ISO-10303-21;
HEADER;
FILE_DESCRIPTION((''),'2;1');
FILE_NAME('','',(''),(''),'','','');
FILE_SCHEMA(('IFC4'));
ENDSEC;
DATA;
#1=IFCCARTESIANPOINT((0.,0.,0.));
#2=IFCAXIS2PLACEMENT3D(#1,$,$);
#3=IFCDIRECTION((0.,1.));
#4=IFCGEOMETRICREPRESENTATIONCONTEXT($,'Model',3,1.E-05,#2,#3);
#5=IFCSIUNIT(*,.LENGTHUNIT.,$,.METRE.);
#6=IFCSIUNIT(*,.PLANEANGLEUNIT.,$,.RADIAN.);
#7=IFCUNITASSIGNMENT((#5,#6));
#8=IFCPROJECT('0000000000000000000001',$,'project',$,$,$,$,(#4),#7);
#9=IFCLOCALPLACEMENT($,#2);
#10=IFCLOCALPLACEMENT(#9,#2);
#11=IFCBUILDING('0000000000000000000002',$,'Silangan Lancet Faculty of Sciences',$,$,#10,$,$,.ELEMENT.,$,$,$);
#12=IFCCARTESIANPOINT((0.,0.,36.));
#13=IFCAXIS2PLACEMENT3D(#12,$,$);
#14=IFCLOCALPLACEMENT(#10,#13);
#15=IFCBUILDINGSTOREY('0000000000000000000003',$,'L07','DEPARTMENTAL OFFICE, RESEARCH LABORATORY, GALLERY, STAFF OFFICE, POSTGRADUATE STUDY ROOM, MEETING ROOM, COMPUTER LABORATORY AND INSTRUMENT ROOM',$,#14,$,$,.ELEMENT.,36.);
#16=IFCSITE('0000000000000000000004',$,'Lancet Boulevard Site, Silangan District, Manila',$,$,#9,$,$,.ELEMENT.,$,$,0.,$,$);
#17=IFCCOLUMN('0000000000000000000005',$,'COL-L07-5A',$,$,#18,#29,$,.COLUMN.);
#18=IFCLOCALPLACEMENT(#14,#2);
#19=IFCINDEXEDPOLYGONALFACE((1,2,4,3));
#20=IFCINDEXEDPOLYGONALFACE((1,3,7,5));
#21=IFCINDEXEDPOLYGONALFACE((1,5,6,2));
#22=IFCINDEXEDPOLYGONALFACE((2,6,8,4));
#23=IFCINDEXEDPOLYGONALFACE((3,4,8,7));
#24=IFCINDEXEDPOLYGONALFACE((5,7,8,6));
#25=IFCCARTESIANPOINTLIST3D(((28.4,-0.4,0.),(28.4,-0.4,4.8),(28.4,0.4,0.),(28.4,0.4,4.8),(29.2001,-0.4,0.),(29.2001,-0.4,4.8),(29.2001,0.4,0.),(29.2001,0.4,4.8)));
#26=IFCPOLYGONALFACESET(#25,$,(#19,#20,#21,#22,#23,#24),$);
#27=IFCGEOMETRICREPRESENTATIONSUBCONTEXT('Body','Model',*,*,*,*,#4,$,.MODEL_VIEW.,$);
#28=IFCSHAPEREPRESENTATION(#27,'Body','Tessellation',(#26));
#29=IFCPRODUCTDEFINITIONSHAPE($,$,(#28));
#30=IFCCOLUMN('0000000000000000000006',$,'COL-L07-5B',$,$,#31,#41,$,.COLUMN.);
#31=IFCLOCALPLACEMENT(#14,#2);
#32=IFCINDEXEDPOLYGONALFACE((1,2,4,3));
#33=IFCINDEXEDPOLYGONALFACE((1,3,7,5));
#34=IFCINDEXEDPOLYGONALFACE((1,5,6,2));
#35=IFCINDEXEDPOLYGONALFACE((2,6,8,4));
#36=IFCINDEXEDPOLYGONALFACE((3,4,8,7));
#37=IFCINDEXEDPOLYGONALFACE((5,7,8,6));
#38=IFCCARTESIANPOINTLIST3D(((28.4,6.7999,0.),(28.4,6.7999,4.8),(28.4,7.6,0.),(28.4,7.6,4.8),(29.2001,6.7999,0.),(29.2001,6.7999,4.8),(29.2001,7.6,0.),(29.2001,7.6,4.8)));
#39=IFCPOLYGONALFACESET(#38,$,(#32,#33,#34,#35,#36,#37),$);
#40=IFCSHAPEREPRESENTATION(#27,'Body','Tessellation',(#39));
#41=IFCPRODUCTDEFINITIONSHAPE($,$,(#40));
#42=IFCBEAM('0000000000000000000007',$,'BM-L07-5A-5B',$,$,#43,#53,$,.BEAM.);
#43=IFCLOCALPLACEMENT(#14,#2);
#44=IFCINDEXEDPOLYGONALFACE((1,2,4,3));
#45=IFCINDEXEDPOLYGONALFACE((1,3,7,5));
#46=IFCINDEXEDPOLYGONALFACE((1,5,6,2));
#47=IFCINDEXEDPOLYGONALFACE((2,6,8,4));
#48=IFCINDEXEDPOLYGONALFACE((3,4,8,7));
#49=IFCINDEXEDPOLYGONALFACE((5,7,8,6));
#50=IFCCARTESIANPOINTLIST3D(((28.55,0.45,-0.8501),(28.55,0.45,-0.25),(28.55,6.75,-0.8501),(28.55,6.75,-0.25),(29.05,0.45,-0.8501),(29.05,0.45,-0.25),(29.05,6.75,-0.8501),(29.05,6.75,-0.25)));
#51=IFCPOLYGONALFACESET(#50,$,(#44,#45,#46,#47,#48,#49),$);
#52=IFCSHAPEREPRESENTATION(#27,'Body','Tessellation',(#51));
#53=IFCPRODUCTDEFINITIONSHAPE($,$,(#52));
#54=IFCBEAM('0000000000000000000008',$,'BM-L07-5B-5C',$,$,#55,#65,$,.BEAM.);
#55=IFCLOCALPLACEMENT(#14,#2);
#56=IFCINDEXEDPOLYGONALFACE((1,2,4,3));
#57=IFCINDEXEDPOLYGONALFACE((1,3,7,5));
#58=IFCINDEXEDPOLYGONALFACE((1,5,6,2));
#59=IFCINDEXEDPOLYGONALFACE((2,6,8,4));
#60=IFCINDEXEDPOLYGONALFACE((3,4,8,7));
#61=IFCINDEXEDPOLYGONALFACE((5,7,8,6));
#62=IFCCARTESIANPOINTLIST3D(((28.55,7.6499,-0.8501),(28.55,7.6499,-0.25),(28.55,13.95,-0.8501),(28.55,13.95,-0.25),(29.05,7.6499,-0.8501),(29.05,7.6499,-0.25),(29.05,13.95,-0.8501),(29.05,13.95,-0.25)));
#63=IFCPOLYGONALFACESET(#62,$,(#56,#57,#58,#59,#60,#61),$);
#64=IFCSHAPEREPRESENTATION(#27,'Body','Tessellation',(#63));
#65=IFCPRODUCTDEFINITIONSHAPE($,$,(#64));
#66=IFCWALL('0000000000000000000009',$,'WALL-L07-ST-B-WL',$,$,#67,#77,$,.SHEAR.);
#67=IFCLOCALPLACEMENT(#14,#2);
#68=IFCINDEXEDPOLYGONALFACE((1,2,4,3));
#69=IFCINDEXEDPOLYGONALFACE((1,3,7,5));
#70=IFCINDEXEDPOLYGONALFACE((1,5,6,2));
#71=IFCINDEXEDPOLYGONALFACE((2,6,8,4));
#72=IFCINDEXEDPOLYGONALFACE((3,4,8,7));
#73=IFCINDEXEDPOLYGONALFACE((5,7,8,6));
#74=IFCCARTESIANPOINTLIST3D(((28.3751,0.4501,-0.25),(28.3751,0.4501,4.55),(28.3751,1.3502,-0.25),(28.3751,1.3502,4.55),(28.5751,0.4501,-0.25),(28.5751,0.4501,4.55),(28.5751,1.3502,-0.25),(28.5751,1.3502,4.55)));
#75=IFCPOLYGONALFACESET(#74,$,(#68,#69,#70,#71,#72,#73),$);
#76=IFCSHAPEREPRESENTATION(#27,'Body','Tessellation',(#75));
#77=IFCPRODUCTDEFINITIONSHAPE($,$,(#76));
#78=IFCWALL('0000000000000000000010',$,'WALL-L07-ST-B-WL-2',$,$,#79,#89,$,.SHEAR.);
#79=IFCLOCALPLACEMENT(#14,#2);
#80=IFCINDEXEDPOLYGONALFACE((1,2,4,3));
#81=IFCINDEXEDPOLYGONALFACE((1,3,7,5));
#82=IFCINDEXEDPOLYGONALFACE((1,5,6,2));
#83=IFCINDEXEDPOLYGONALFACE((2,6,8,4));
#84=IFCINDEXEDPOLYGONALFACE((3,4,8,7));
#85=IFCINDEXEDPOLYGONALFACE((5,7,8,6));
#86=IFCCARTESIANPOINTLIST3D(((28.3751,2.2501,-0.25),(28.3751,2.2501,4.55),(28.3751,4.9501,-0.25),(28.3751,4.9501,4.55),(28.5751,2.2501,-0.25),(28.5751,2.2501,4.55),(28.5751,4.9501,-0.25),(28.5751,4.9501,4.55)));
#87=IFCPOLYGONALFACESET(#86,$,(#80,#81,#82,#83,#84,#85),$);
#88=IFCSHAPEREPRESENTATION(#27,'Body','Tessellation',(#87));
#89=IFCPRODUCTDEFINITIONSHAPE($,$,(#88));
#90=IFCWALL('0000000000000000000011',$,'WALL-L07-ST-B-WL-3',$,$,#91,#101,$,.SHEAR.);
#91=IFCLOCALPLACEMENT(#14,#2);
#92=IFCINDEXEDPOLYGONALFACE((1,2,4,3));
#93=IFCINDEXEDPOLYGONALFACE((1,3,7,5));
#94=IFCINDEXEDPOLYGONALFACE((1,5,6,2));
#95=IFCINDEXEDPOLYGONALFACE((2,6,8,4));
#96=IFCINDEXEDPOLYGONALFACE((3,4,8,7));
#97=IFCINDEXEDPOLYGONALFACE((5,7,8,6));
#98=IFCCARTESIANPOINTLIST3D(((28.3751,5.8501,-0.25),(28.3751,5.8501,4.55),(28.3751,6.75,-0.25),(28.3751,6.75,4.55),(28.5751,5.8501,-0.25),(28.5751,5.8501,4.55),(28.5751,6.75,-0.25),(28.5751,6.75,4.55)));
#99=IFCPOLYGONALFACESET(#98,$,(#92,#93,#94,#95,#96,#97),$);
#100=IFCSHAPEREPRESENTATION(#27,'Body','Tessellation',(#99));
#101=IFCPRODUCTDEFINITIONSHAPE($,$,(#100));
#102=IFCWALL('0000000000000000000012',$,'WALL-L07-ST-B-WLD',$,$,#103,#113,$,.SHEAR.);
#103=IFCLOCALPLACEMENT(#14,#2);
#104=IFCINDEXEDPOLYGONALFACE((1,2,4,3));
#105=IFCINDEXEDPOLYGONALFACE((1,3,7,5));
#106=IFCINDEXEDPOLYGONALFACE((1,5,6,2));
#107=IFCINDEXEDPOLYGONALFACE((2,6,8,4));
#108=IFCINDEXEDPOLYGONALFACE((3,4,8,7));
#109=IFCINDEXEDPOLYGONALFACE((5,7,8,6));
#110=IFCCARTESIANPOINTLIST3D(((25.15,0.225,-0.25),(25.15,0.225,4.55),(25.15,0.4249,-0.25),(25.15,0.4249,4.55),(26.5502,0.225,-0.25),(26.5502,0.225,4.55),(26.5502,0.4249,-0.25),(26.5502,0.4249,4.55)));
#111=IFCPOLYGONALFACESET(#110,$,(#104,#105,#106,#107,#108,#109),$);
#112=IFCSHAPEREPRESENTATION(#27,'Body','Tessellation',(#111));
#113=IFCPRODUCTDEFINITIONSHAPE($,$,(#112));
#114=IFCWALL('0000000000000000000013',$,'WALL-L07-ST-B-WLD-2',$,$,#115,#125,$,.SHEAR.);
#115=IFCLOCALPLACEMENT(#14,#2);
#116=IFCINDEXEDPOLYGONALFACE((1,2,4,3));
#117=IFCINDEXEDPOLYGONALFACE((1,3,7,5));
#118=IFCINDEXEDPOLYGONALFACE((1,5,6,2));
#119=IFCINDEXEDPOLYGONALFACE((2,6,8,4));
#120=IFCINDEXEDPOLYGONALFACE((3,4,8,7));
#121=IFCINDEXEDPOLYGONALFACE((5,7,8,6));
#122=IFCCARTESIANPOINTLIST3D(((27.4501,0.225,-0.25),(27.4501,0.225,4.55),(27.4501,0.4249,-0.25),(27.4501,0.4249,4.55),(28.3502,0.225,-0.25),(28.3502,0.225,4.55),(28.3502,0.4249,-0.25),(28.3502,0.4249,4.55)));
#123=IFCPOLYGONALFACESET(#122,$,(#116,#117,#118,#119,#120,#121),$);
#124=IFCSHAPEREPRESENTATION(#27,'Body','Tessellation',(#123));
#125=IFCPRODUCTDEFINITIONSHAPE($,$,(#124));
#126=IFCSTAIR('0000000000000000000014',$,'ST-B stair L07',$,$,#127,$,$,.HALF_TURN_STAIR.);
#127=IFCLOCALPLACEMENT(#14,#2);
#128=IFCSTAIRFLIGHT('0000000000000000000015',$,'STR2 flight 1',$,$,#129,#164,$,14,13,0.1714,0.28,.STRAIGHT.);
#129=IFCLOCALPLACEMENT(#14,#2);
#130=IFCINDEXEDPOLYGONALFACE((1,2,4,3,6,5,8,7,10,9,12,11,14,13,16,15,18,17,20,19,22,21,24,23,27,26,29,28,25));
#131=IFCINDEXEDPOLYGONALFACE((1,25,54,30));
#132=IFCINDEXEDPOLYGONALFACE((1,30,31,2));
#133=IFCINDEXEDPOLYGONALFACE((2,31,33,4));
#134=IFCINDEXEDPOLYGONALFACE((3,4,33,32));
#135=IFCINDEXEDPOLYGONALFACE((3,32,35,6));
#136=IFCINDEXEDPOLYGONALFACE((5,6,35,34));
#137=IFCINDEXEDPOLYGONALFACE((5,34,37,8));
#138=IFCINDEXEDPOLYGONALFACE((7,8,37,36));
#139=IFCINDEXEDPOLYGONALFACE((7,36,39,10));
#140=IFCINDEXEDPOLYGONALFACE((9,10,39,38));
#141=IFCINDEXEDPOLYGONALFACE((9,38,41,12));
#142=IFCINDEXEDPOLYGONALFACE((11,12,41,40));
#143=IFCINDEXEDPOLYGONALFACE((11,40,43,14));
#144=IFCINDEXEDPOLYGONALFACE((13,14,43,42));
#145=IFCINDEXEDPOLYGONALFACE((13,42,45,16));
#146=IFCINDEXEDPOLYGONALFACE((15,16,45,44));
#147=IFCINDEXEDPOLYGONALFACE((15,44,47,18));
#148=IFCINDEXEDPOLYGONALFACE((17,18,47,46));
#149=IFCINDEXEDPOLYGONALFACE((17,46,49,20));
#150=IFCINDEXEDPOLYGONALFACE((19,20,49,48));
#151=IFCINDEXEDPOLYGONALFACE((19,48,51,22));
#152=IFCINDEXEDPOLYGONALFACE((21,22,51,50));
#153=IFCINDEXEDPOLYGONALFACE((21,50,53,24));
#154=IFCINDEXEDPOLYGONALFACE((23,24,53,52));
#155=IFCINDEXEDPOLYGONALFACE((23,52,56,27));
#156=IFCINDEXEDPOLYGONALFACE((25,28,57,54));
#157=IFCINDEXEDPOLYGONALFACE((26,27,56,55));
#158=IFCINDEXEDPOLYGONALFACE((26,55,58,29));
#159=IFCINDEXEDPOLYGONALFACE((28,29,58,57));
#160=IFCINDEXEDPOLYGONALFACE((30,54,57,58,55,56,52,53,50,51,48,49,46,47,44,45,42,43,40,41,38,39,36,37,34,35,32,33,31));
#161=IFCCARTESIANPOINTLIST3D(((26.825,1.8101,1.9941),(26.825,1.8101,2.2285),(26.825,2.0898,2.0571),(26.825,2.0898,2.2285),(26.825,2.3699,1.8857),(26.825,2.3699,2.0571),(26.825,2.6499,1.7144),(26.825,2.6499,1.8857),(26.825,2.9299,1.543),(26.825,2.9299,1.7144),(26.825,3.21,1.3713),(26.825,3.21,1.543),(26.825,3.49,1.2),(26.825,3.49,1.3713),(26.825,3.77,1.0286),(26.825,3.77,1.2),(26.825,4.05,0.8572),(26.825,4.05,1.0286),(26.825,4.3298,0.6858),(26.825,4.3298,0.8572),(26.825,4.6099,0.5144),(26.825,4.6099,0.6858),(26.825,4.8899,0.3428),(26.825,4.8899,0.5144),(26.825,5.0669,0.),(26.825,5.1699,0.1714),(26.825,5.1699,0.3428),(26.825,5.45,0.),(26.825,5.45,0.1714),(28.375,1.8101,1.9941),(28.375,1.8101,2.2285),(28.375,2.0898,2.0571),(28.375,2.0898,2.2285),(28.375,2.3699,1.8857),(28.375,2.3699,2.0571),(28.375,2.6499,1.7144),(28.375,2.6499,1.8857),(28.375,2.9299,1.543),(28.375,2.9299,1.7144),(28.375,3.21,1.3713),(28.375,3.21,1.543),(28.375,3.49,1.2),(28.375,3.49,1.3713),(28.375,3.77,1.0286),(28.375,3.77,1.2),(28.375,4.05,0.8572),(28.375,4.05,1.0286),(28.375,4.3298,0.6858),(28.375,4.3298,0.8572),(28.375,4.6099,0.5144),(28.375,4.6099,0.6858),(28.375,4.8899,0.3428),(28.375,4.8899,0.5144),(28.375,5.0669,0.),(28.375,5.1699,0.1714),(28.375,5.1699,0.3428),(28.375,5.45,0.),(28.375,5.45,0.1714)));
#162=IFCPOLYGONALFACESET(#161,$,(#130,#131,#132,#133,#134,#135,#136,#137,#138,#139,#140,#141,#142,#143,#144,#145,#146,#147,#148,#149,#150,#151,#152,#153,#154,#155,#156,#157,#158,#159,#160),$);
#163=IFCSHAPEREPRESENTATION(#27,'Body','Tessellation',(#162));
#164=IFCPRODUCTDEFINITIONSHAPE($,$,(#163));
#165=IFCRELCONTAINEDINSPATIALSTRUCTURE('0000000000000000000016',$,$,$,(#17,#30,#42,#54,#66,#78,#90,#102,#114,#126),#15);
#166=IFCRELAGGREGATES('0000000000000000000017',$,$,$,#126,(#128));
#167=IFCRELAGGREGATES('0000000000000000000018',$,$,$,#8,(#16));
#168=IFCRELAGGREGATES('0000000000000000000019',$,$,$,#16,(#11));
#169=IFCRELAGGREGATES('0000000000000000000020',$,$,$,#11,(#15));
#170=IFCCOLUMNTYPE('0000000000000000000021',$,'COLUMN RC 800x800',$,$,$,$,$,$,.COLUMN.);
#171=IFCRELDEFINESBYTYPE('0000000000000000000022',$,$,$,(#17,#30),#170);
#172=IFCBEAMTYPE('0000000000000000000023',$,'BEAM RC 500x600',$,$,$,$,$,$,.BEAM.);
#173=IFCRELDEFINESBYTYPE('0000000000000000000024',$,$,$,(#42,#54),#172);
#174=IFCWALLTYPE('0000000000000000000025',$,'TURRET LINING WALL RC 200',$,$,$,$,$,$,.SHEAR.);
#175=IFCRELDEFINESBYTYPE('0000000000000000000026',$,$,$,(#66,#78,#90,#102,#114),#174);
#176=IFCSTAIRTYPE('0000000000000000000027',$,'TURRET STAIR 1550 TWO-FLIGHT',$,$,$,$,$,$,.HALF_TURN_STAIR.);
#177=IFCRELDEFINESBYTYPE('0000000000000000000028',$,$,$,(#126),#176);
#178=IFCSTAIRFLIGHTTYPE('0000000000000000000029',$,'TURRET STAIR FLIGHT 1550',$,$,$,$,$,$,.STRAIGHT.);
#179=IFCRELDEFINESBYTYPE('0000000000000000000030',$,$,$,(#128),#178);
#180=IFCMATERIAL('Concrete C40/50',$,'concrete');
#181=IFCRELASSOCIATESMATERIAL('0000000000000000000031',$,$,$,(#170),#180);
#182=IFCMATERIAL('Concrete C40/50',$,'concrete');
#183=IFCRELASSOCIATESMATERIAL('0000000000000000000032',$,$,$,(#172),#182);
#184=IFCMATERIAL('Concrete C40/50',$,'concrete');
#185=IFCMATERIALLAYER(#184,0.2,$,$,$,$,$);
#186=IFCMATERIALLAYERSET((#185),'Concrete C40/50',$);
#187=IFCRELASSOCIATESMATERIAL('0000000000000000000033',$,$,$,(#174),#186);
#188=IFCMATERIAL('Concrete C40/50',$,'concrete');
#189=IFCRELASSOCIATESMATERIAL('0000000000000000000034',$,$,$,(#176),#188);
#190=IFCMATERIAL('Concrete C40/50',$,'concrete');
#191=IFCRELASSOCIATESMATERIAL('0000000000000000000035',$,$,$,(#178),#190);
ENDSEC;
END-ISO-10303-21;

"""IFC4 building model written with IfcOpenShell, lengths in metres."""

from ifc_helpers import new_model, si_unit, direction, frame, frame_2d, origin, origin_2d, place, context, subcontext, project, spatial, polyline, rectangle, outline, extrude, material, layer, layer_set, material_profile, profile_set, type_object, element, aggregate, save


model = new_model("IFC4")

# Units and contexts
model_context = context("Model", 3, precision=1e-05, world=origin(), true_north=direction((0.0, 1.0)))
body_context = subcontext(model_context, "Body", "Model", "MODEL_VIEW")
ifc_project = project(units=[si_unit("LENGTHUNIT", "METRE"), si_unit("PLANEANGLEUNIT", "RADIAN")], contexts=[model_context])

# Site, building, storey
site_placement = place(None, origin())
site = spatial("IfcSite", under=ifc_project, at=site_placement, Name="Lancet Boulevard Site, Silangan District, Manila", CompositionType="ELEMENT", RefElevation=0.0)
building_placement = place(site_placement, origin())
building = spatial("IfcBuilding", under=site, at=building_placement, Name="Silangan Lancet Faculty of Sciences", CompositionType="ELEMENT")
storey_placement = place(building_placement, frame((0.0, 0.0, 36.0)))
storey = spatial("IfcBuildingStorey", under=building, at=storey_placement, Name="L07", Description="DEPARTMENTAL OFFICE, RESEARCH LABORATORY, GALLERY, STAFF OFFICE, POSTGRADUATE STUDY ROOM, MEETING ROOM, COMPUTER LABORATORY AND INSTRUMENT ROOM", CompositionType="ELEMENT", Elevation=36.0)

# Columns
ifc_material_1 = material(Name="Concrete C40/50", Category="concrete")
ifc_material_profile_1 = material_profile(ifc_material_1, rectangle(XDim=0.8, YDim=0.8, at=origin_2d()), Name="RC 800x800")
ifc_profile_set_1 = profile_set([ifc_material_profile_1], Name="Concrete C40/50")
column_type = type_object("IfcColumnType", Name="COLUMN RC 800x800", PredefinedType="COLUMN", material=ifc_profile_set_1)
for number, where, z_axis, x_axis, name in (
    (1, (28.8, 0.0, 0.0), (0.0, 0.0, 1.0), (1.0, 0.0, 0.0), "COL-L07-5A"),
    (2, (28.8, 7.2, 0.0), (0.0, 0.0, 1.0), (1.0, 0.0, 0.0), "COL-L07-5B"),
):
    element("IfcColumn", number, at=place(storey_placement, frame(where, z_axis=z_axis, x_axis=x_axis)), inside=storey, type_object=column_type, Name=name, PredefinedType="COLUMN", context=body_context, shape_type="SweptSolid", body=[
        extrude(rectangle(XDim=0.8, YDim=0.8, at=origin_2d()), origin(), (0.0, 0.0, 1.0), 4.8),
    ])

# Beams
ifc_material_2 = material(Name="Concrete C40/50", Category="concrete")
ifc_material_profile_2 = material_profile(ifc_material_2, rectangle(XDim=0.5, YDim=0.6001, at=origin_2d()), Name="RC 500x600")
ifc_profile_set_2 = profile_set([ifc_material_profile_2], Name="Concrete C40/50")
beam_type = type_object("IfcBeamType", Name="BEAM RC 500x600", PredefinedType="BEAM", material=ifc_profile_set_2)
for number, where, z_axis, x_axis, name in (
    (3, (28.8, 0.45, -0.55), (0.0, 1.0, 0.0), (-1.0, 0.0, 0.0), "BM-L07-5A-5B"),
    (4, (28.8, 7.6499, -0.55), (0.0, 1.0, 0.0), (-1.0, 0.0, 0.0), "BM-L07-5B-5C"),
):
    element("IfcBeam", number, at=place(storey_placement, frame(where, z_axis=z_axis, x_axis=x_axis)), inside=storey, type_object=beam_type, Name=name, PredefinedType="BEAM", context=body_context, shape_type="SweptSolid", body=[
        extrude(rectangle(XDim=0.5, YDim=0.6001, at=origin_2d()), origin(), (0.0, 0.0, 1.0), 6.3),
    ])

# Walls
ifc_material_3 = material(Name="Concrete C40/50", Category="concrete")
ifc_layer = layer(ifc_material_3, 0.2)
ifc_layer_set = layer_set([ifc_layer], Name="Concrete C40/50")
wall_type = type_object("IfcWallType", Name="TURRET LINING WALL RC 200", PredefinedType="SHEAR", material=ifc_layer_set)
wall_1_placement = place(storey_placement, frame((28.4751, 0.45, -0.25), z_axis=(0.0, 0.0, 1.0), x_axis=(0.0, 1.0, 0.0)))
element("IfcWall", 5, at=wall_1_placement, inside=storey, type_object=wall_type, Name="WALL-L07-ST-B-WL", PredefinedType="SHEAR", context=body_context, shape_type="SweptSolid", body=[
    extrude(rectangle(XDim=0.9001, YDim=0.2, at=frame_2d((0.4502, 0.0))), origin(), (0.0, 0.0, 1.0), 4.8),
])
wall_2_placement = place(storey_placement, frame((28.4751, 2.25, -0.25), z_axis=(0.0, 0.0, 1.0), x_axis=(0.0, 1.0, 0.0)))
element("IfcWall", 6, at=wall_2_placement, inside=storey, type_object=wall_type, Name="WALL-L07-ST-B-WL-2", PredefinedType="SHEAR", context=body_context, shape_type="SweptSolid", body=[
    extrude(rectangle(XDim=2.7, YDim=0.2, at=frame_2d((1.3501, 0.0))), origin(), (0.0, 0.0, 1.0), 4.8),
])
wall_3_placement = place(storey_placement, frame((28.4751, 5.8501, -0.25), z_axis=(0.0, 0.0, 1.0), x_axis=(0.0, 1.0, 0.0)))
element("IfcWall", 7, at=wall_3_placement, inside=storey, type_object=wall_type, Name="WALL-L07-ST-B-WL-3", PredefinedType="SHEAR", context=body_context, shape_type="SweptSolid", body=[
    extrude(rectangle(XDim=0.8999, YDim=0.2, at=frame_2d((0.45, 0.0))), origin(), (0.0, 0.0, 1.0), 4.8),
])
wall_4_placement = place(storey_placement, frame((25.1499, 0.325, -0.25), z_axis=(0.0, 0.0, 1.0), x_axis=(1.0, 0.0, 0.0)))
element("IfcWall", 8, at=wall_4_placement, inside=storey, type_object=wall_type, Name="WALL-L07-ST-B-WLD", PredefinedType="SHEAR", context=body_context, shape_type="SweptSolid", body=[
    extrude(rectangle(XDim=1.4001, YDim=0.2, at=frame_2d((0.7002, 0.0))), origin(), (0.0, 0.0, 1.0), 4.8),
])
wall_5_placement = place(storey_placement, frame((27.45, 0.325, -0.25), z_axis=(0.0, 0.0, 1.0), x_axis=(1.0, 0.0, 0.0)))
element("IfcWall", 9, at=wall_5_placement, inside=storey, type_object=wall_type, Name="WALL-L07-ST-B-WLD-2", PredefinedType="SHEAR", context=body_context, shape_type="SweptSolid", body=[
    extrude(rectangle(XDim=0.9001, YDim=0.2, at=frame_2d((0.4502, 0.0))), origin(), (0.0, 0.0, 1.0), 4.8),
])

# Stair, stair flight
ifc_material_4 = material(Name="Concrete C40/50", Category="concrete")
stair_type = type_object("IfcStairType", Name="TURRET STAIR 1550 TWO-FLIGHT", PredefinedType="HALF_TURN_STAIR", material=ifc_material_4)
stair_placement = place(storey_placement, origin())
stair = element("IfcStair", 10, at=stair_placement, inside=storey, type_object=stair_type, Name="ST-B stair L07", PredefinedType="HALF_TURN_STAIR")
ifc_material_5 = material(Name="Concrete C40/50", Category="concrete")
stair_flight_type = type_object("IfcStairFlightType", Name="TURRET STAIR FLIGHT 1550", PredefinedType="STRAIGHT", material=ifc_material_5)
stair_flight_1_placement = place(storey_placement, frame((27.6001, 5.45, 0.0), z_axis=(0.0, 0.0, 1.0), x_axis=(0.0, -1.0, 0.0)))
stair_flight_1 = element("IfcStairFlight", 11, at=stair_flight_1_placement, type_object=stair_flight_type, Name="STR2 flight 1", NumberOfRisers=14, NumberOfTreads=13, PredefinedType="STRAIGHT", RiserHeight=0.1714, TreadLength=0.28, context=body_context, shape_type="SweptSolid", body=[
    extrude(outline(polyline([(0.0, 0.0), (0.0, 0.1714), (0.28, 0.1714), (0.28, 0.3428), (0.5601, 0.3428), (0.5601, 0.5144), (0.8401, 0.5144), (0.8401, 0.6858), (1.1201, 0.6858), (1.1201, 0.8572), (1.3999, 0.8572), (1.3999, 1.0286), (1.6799, 1.0286), (1.6799, 1.2), (1.96, 1.2), (1.96, 1.3713), (2.24, 1.3713), (2.24, 1.543), (2.52, 1.543), (2.52, 1.7144), (2.8, 1.7144), (2.8, 1.8857), (3.0801, 1.8857), (3.0801, 2.0571), (3.3601, 2.0571), (3.3601, 2.2285), (3.6399, 2.2285), (3.6399, 2.3999), (3.6399, 1.9941), (0.3831, 0.0), (0.0, 0.0)])), frame((0.0, 0.7749, 0.0), z_axis=(0.0, -1.0, 0.0), x_axis=(1.0, 0.0, 0.0)), (0.0, 0.0, 1.0), 1.55),
])
aggregate(stair, [stair_flight_1])

save(model, "model.ifc")
